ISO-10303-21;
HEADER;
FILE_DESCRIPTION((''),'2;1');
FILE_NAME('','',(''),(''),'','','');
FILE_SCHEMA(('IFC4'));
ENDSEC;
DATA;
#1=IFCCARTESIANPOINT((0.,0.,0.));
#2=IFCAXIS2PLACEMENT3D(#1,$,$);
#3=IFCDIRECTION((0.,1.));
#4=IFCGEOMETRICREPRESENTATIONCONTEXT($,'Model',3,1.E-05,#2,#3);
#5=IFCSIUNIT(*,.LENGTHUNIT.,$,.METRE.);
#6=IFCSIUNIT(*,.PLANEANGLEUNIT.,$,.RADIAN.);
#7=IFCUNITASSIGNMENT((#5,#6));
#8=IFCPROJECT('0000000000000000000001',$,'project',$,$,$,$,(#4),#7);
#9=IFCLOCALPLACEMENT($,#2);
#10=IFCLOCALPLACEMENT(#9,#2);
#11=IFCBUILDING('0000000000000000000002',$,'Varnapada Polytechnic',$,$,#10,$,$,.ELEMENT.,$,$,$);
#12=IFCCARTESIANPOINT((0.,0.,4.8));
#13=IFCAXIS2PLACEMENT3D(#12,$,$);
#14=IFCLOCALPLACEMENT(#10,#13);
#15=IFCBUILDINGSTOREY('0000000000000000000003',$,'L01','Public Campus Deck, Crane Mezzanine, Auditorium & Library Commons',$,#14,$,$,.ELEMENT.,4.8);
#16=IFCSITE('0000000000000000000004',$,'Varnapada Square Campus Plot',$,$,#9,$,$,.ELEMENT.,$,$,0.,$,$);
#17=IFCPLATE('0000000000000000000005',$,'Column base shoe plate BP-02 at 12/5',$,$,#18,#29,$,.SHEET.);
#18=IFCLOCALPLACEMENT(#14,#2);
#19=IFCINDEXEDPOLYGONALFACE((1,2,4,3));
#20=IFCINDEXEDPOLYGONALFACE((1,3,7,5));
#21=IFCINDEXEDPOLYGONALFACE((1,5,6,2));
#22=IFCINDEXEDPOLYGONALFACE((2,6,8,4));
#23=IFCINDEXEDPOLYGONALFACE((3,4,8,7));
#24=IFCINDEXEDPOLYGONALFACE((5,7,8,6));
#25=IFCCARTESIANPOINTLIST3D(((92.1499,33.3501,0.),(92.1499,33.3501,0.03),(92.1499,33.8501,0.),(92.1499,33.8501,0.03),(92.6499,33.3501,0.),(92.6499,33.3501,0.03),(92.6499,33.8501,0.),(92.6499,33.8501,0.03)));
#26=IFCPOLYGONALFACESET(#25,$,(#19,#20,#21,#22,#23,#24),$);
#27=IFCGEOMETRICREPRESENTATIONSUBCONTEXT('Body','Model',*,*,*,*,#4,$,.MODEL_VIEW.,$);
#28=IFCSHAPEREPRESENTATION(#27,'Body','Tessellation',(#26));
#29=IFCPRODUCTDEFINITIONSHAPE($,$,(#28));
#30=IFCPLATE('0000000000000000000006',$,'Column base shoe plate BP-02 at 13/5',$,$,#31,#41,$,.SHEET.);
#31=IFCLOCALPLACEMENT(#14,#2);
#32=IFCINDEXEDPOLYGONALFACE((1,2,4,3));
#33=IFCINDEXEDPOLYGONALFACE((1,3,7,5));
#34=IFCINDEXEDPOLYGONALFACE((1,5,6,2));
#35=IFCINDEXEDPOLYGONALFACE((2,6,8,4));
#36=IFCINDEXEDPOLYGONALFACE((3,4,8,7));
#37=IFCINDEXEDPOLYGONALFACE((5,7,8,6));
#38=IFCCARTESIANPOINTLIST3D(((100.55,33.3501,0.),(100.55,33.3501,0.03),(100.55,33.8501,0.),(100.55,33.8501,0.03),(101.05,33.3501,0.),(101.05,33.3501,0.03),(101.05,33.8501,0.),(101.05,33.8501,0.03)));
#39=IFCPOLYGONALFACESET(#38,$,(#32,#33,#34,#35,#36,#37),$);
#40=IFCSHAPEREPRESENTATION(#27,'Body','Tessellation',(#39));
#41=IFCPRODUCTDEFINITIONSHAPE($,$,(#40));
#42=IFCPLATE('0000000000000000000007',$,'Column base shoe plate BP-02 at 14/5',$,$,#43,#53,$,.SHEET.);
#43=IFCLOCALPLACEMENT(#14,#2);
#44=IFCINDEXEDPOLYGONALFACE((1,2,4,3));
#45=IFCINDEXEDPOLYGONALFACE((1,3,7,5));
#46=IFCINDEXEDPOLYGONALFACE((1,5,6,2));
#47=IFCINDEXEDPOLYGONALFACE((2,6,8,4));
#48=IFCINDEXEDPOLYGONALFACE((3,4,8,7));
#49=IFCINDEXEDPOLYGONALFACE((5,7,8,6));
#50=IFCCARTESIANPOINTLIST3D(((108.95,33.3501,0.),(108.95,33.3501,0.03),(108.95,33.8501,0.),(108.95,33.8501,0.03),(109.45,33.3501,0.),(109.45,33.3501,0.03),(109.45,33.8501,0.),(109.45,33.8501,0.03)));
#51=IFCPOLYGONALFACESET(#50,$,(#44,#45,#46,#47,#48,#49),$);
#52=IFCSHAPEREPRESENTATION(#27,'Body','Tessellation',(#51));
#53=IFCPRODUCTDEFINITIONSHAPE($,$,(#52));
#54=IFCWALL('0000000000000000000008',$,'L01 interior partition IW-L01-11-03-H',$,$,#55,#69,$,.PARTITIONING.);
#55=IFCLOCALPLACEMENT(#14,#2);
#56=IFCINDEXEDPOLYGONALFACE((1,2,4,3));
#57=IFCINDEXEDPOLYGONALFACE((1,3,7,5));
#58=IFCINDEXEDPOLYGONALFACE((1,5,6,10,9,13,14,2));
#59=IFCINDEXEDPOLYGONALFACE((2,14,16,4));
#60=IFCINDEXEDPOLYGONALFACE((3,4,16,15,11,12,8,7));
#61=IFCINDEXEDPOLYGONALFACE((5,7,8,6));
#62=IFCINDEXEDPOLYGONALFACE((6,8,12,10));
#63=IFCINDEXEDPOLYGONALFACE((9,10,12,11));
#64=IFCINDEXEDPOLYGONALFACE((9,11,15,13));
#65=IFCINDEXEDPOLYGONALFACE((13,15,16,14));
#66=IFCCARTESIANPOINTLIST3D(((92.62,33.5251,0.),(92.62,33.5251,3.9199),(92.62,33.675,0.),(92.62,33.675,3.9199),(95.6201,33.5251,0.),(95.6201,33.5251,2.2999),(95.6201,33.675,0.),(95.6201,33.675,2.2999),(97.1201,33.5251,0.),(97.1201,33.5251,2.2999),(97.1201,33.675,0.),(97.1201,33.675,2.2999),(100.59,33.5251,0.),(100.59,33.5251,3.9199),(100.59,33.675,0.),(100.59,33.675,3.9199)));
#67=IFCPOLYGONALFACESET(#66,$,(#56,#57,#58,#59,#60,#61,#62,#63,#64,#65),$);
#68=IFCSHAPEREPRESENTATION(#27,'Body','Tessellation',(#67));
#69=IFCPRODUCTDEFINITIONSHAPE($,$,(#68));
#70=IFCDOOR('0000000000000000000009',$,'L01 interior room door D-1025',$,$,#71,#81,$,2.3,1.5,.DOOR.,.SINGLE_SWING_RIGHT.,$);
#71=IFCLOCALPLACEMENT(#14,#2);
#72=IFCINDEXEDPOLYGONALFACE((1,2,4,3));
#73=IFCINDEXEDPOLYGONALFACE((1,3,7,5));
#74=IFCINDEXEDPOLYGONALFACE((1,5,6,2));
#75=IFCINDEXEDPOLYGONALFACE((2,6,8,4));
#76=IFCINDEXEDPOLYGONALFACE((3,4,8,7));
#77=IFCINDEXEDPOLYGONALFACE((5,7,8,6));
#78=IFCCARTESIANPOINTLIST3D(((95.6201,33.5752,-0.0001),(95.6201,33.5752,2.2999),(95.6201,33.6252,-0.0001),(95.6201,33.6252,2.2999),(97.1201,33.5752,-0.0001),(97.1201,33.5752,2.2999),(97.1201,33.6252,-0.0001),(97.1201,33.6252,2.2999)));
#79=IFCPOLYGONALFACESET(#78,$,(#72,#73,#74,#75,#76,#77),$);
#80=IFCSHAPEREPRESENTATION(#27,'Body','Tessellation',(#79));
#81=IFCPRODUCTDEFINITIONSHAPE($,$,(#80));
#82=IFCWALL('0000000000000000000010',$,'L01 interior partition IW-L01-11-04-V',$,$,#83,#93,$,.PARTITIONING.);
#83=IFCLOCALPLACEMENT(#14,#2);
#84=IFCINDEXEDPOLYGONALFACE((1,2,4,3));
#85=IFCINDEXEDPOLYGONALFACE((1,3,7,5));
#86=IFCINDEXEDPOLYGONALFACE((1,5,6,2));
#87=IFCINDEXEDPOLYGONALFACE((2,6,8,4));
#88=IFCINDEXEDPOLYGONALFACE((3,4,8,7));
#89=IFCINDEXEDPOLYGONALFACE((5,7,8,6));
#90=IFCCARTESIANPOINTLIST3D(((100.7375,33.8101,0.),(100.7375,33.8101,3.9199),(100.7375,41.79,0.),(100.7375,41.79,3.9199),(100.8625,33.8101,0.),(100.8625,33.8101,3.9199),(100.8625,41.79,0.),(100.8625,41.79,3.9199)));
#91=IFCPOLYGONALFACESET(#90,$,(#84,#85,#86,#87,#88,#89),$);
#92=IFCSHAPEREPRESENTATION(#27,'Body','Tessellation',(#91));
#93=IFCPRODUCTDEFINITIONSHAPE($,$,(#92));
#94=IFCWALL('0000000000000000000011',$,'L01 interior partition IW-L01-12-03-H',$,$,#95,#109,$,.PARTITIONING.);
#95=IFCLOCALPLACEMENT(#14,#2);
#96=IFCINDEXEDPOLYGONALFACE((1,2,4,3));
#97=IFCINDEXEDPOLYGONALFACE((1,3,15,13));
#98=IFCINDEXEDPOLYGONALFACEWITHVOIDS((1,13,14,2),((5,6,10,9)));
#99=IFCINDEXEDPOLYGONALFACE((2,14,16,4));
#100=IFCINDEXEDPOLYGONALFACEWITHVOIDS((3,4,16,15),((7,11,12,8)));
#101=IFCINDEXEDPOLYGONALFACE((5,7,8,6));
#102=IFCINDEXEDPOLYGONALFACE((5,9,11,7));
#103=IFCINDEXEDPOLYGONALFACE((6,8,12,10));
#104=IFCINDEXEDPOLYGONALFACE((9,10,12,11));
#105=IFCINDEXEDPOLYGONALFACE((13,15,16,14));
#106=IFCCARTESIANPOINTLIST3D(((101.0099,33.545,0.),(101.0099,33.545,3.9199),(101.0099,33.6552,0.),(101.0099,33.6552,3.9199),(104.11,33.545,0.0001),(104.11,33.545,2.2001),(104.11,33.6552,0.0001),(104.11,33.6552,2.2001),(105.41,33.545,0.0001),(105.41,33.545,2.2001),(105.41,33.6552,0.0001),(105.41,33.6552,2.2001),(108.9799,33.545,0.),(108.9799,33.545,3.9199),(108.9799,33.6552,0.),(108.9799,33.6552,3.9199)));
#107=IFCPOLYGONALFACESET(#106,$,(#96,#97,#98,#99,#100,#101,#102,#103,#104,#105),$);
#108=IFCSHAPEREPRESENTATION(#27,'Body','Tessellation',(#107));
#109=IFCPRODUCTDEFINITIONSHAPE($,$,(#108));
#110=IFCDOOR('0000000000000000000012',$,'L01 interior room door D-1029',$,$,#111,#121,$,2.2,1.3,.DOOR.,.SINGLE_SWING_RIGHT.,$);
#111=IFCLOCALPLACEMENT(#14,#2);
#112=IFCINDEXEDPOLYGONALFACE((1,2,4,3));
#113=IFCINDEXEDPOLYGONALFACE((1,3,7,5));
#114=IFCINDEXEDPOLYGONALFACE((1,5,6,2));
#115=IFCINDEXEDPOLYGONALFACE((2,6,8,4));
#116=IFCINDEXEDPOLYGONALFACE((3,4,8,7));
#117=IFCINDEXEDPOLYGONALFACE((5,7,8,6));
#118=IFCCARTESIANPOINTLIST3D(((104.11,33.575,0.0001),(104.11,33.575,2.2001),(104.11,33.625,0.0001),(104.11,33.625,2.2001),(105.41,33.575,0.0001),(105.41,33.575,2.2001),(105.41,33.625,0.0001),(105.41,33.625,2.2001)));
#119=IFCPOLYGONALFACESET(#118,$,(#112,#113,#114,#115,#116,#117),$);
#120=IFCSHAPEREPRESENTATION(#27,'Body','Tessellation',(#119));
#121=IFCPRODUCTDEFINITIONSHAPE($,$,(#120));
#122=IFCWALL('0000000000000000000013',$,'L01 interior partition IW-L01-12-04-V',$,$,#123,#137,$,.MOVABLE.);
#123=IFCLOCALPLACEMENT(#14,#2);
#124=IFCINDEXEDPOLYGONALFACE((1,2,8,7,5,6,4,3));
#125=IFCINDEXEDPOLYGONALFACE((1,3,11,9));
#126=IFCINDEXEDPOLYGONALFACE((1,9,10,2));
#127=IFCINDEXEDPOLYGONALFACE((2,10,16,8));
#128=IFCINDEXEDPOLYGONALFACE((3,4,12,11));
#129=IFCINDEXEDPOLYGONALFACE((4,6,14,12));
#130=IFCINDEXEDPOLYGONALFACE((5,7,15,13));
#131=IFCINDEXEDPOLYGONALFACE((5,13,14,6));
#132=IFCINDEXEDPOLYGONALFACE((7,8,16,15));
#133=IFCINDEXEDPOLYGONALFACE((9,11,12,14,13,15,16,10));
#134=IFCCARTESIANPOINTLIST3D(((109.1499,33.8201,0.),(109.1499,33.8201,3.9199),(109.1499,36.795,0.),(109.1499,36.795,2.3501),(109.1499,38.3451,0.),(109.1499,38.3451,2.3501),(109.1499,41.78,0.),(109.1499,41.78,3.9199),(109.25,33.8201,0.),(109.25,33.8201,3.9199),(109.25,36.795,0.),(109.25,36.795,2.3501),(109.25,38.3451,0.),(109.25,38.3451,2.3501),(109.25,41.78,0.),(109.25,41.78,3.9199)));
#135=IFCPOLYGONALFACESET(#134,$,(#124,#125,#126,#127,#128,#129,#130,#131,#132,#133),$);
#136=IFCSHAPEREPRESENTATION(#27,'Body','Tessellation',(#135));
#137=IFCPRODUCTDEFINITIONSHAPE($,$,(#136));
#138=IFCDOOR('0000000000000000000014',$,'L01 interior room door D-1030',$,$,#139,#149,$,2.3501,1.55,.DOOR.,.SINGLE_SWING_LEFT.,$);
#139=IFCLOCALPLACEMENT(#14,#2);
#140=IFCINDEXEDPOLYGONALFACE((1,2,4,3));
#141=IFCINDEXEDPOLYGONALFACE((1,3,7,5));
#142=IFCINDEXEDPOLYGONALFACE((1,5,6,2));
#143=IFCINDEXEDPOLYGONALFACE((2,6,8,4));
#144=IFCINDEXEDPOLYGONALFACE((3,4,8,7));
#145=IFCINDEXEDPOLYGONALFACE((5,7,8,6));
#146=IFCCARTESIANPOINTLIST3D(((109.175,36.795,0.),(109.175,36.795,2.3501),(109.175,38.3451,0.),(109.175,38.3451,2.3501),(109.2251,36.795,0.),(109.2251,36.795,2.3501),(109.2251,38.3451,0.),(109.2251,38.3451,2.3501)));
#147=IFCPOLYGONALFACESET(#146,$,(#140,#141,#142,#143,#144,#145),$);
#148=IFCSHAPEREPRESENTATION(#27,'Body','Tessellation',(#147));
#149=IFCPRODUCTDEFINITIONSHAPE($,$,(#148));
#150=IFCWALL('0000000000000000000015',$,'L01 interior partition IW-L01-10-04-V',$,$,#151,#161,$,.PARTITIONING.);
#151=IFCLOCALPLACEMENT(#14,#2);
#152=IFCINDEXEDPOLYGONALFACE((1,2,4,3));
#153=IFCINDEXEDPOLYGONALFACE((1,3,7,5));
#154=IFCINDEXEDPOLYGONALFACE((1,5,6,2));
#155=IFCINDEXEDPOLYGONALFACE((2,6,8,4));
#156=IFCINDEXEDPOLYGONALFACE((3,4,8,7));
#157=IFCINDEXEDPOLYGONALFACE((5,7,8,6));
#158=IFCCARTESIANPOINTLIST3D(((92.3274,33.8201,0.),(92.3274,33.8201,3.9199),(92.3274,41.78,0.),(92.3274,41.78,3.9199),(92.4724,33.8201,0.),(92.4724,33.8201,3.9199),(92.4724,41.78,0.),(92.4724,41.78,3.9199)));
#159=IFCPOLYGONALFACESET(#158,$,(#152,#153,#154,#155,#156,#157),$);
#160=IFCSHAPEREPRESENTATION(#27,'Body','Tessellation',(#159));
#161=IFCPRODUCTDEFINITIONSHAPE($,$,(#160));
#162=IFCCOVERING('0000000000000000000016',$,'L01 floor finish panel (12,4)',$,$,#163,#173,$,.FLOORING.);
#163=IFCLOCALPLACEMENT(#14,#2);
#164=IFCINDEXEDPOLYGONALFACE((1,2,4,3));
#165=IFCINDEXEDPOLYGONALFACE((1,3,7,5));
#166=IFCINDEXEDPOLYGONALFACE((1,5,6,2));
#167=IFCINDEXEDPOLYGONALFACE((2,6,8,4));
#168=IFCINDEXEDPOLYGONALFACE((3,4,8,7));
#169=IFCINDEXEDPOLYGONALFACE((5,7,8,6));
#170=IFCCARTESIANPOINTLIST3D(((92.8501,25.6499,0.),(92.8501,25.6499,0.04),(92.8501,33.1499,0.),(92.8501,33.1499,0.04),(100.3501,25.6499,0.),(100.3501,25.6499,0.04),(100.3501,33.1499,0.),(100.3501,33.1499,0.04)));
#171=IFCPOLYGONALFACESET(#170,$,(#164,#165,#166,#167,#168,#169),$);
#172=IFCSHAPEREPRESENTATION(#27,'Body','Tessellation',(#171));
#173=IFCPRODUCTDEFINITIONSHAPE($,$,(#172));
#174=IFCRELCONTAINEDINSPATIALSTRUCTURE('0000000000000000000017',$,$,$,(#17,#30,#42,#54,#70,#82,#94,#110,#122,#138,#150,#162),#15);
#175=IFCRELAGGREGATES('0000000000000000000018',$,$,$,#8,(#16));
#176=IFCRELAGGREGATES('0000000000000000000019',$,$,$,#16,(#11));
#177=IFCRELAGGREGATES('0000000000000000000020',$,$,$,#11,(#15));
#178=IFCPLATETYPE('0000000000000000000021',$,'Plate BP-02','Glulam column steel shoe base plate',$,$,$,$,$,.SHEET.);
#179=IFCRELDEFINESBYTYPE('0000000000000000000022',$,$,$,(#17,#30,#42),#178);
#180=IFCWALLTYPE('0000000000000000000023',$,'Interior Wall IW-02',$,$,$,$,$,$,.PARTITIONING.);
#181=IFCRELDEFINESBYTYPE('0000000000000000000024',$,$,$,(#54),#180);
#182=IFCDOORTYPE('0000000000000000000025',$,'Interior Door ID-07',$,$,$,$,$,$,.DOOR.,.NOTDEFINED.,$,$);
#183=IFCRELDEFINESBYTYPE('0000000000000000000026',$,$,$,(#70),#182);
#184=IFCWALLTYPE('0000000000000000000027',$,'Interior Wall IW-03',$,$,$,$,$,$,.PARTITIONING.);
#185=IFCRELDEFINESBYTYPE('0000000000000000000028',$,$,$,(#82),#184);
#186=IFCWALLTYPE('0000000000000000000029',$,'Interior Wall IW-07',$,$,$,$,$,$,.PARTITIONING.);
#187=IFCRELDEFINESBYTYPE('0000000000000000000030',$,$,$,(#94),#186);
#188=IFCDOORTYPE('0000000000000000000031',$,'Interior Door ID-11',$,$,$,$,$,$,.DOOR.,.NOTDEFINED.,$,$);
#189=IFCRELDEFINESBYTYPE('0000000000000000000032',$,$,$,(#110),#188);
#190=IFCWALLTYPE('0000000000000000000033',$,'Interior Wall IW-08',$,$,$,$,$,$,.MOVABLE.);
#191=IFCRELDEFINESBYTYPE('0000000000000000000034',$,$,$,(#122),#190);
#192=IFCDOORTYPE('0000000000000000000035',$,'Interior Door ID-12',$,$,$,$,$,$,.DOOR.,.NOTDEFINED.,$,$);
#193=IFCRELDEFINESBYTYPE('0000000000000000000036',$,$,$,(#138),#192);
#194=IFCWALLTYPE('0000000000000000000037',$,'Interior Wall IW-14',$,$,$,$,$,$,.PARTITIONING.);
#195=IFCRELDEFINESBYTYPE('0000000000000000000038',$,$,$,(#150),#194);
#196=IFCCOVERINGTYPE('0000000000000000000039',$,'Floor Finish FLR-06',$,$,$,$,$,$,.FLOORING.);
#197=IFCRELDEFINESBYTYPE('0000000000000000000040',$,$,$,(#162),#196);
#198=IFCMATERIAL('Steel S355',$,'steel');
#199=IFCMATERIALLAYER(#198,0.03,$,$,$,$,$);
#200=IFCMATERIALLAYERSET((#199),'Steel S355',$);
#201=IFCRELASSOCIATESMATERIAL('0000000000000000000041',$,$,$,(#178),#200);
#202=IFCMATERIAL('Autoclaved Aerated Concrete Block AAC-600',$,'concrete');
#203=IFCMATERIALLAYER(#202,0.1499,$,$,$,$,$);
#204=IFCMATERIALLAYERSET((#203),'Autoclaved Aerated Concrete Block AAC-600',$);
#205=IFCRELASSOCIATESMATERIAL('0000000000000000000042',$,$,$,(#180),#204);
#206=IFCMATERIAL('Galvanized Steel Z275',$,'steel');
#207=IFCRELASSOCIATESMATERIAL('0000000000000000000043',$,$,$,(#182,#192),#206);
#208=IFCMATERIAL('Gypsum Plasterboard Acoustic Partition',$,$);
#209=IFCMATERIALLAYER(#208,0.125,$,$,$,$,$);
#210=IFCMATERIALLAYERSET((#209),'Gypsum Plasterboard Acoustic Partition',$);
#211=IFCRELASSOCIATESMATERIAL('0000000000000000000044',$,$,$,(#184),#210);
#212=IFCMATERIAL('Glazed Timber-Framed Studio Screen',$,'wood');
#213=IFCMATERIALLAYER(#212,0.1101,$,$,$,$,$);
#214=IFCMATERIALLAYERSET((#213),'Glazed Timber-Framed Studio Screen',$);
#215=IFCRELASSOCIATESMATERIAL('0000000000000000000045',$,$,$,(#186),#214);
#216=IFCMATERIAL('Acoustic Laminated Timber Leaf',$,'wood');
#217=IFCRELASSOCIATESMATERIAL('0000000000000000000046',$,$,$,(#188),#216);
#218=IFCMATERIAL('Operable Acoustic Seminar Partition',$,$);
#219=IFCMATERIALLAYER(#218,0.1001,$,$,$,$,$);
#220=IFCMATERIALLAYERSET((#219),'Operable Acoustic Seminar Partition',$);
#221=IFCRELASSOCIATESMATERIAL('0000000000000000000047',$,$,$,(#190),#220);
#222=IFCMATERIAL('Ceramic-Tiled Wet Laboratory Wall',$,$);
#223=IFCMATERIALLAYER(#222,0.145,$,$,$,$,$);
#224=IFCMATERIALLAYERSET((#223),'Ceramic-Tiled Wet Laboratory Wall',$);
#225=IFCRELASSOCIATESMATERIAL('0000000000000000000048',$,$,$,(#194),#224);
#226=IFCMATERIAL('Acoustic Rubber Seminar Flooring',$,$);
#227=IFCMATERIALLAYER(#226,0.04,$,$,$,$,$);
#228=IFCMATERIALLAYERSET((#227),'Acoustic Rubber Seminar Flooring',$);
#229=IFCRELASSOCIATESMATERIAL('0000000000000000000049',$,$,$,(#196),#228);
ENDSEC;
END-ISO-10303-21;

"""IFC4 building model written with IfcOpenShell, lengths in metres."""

from ifc_helpers import new_model, si_unit, direction, frame, frame_2d, origin, origin_2d, place, context, subcontext, project, spatial, rectangle, extrude, material, layer, layer_set, type_object, element, fill, save


model = new_model("IFC4")

# Units and contexts
model_context = context("Model", 3, precision=1e-05, world=origin(), true_north=direction((0.0, 1.0)))
body_context = subcontext(model_context, "Body", "Model", "MODEL_VIEW")
ifc_project = project(units=[si_unit("LENGTHUNIT", "METRE"), si_unit("PLANEANGLEUNIT", "RADIAN")], contexts=[model_context])

# Site, building, storey
site_placement = place(None, origin())
site = spatial("IfcSite", under=ifc_project, at=site_placement, Name="Varnapada Square Campus Plot", CompositionType="ELEMENT", RefElevation=0.0)
building_placement = place(site_placement, origin())
building = spatial("IfcBuilding", under=site, at=building_placement, Name="Varnapada Polytechnic", CompositionType="ELEMENT")
storey_placement = place(building_placement, frame((0.0, 0.0, 4.8)))
storey = spatial("IfcBuildingStorey", under=building, at=storey_placement, Name="L01", Description="Public Campus Deck, Crane Mezzanine, Auditorium & Library Commons", CompositionType="ELEMENT", Elevation=4.8)

# Plates
ifc_material_1 = material(Name="Steel S355", Category="steel")
ifc_layer_1 = layer(ifc_material_1, 0.03)
ifc_layer_set_1 = layer_set([ifc_layer_1], Name="Steel S355")
plate_type = type_object("IfcPlateType", Name="Plate BP-02", Description="Glulam column steel shoe base plate", PredefinedType="SHEET", material=ifc_layer_set_1)
for number, where, z_axis, x_axis, name in (
    (1, (92.3999, 33.6001, 0.0), (0.0, 0.0, 1.0), (1.0, 0.0, 0.0), "Column base shoe plate BP-02 at 12/5"),
    (2, (100.8, 33.6001, 0.0), (0.0, 0.0, 1.0), (1.0, 0.0, 0.0), "Column base shoe plate BP-02 at 13/5"),
    (3, (109.2, 33.6001, 0.0), (0.0, 0.0, 1.0), (1.0, 0.0, 0.0), "Column base shoe plate BP-02 at 14/5"),
):
    element("IfcPlate", number, at=place(storey_placement, frame(where, z_axis=z_axis, x_axis=x_axis)), inside=storey, type_object=plate_type, Name=name, PredefinedType="SHEET", context=body_context, shape_type="SweptSolid", body=[
        extrude(rectangle(XDim=0.5, YDim=0.5, at=origin_2d()), origin(), (0.0, 0.0, 1.0), 0.03),
    ])

# Wall, opening, door
ifc_material_2 = material(Name="Autoclaved Aerated Concrete Block AAC-600", Category="concrete")
ifc_layer_2 = layer(ifc_material_2, 0.1499)
ifc_layer_set_2 = layer_set([ifc_layer_2], Name="Autoclaved Aerated Concrete Block AAC-600")
wall_type_1 = type_object("IfcWallType", Name="Interior Wall IW-02", PredefinedType="PARTITIONING", material=ifc_layer_set_2)
wall_1_placement = place(storey_placement, frame((92.6201, 33.6001, 0.0), z_axis=(0.0, 0.0, 1.0), x_axis=(1.0, 0.0, 0.0)))
wall_1 = element("IfcWall", 4, at=wall_1_placement, inside=storey, type_object=wall_type_1, Name="L01 interior partition IW-L01-11-03-H", PredefinedType="PARTITIONING", context=body_context, shape_type="SweptSolid", body=[
    extrude(rectangle(XDim=7.97, YDim=0.1499, at=frame_2d((3.9849, 0.0))), origin(), (0.0, 0.0, 1.0), 3.9199),
])
opening_1_placement = place(wall_1_placement, frame((3.0, 0.0, 0.0)))
opening_1 = element("IfcOpeningElement", 5, at=opening_1_placement, cuts=wall_1, PredefinedType="OPENING", context=body_context, shape_type="SweptSolid", body=[
    extrude(rectangle(XDim=1.5, YDim=2.3, at=frame_2d((0.75, 1.1499))), frame((0.0, 0.085, 0.0), z_axis=(0.0, -1.0, 0.0), x_axis=(1.0, 0.0, 0.0)), (0.0, 0.0, 1.0), 0.1699),
])
ifc_material_3 = material(Name="Galvanized Steel Z275", Category="steel")
door_type_1 = type_object("IfcDoorType", Name="Interior Door ID-07", OperationType="NOTDEFINED", PredefinedType="DOOR", material=ifc_material_3)
door_1_placement = place(opening_1_placement, frame((1.5, 0.0, 0.0), z_axis=(0.0, 0.0, 1.0), x_axis=(-1.0, 0.0, 0.0)))
door_1 = element("IfcDoor", 6, at=door_1_placement, inside=storey, type_object=door_type_1, Name="L01 interior room door D-1025", OperationType="SINGLE_SWING_RIGHT", OverallHeight=2.3, OverallWidth=1.5, PredefinedType="DOOR", context=body_context, shape_type="SweptSolid", body=[
    extrude(rectangle(XDim=1.5, YDim=2.3, at=frame_2d((0.75, 1.1499))), frame((0.0, 0.0249, 0.0), z_axis=(0.0, -1.0, 0.0), x_axis=(1.0, 0.0, 0.0)), (0.0, 0.0, 1.0), 0.05),
])
fill(opening_1, door_1)

# Wall
ifc_material_4 = material(Name="Gypsum Plasterboard Acoustic Partition")
ifc_layer_3 = layer(ifc_material_4, 0.125)
ifc_layer_set_3 = layer_set([ifc_layer_3], Name="Gypsum Plasterboard Acoustic Partition")
wall_type_2 = type_object("IfcWallType", Name="Interior Wall IW-03", PredefinedType="PARTITIONING", material=ifc_layer_set_3)
wall_2_placement = place(storey_placement, frame((100.8, 33.8101, 0.0), z_axis=(0.0, 0.0, 1.0), x_axis=(0.0, 1.0, 0.0)))
element("IfcWall", 7, at=wall_2_placement, inside=storey, type_object=wall_type_2, Name="L01 interior partition IW-L01-11-04-V", PredefinedType="PARTITIONING", context=body_context, shape_type="SweptSolid", body=[
    extrude(rectangle(XDim=7.98, YDim=0.125, at=frame_2d((3.99, 0.0))), origin(), (0.0, 0.0, 1.0), 3.9199),
])

# Walls, openings, doors
ifc_material_5 = material(Name="Glazed Timber-Framed Studio Screen", Category="wood")
ifc_layer_4 = layer(ifc_material_5, 0.1101)
ifc_layer_set_4 = layer_set([ifc_layer_4], Name="Glazed Timber-Framed Studio Screen")
wall_type_3 = type_object("IfcWallType", Name="Interior Wall IW-07", PredefinedType="PARTITIONING", material=ifc_layer_set_4)
wall_3_placement = place(storey_placement, frame((101.01, 33.6001, 0.0), z_axis=(0.0, 0.0, 1.0), x_axis=(1.0, 0.0, 0.0)))
wall_3 = element("IfcWall", 8, at=wall_3_placement, inside=storey, type_object=wall_type_3, Name="L01 interior partition IW-L01-12-03-H", PredefinedType="PARTITIONING", context=body_context, shape_type="SweptSolid", body=[
    extrude(rectangle(XDim=7.97, YDim=0.1101, at=frame_2d((3.9849, 0.0))), origin(), (0.0, 0.0, 1.0), 3.9199),
])
opening_2_placement = place(wall_3_placement, frame((3.1001, 0.0, 0.0)))
opening_2 = element("IfcOpeningElement", 9, at=opening_2_placement, cuts=wall_3, PredefinedType="OPENING", context=body_context, shape_type="SweptSolid", body=[
    extrude(rectangle(XDim=1.3, YDim=2.2, at=frame_2d((0.6499, 1.1001))), frame((0.0, 0.0649, 0.0), z_axis=(0.0, -1.0, 0.0), x_axis=(1.0, 0.0, 0.0)), (0.0, 0.0, 1.0), 0.1301),
])
ifc_material_6 = material(Name="Acoustic Laminated Timber Leaf", Category="wood")
door_type_2 = type_object("IfcDoorType", Name="Interior Door ID-11", OperationType="NOTDEFINED", PredefinedType="DOOR", material=ifc_material_6)
door_2_placement = place(opening_2_placement, origin())
door_2 = element("IfcDoor", 10, at=door_2_placement, inside=storey, type_object=door_type_2, Name="L01 interior room door D-1029", OperationType="SINGLE_SWING_RIGHT", OverallHeight=2.2, OverallWidth=1.3, PredefinedType="DOOR", context=body_context, shape_type="SweptSolid", body=[
    extrude(rectangle(XDim=1.3, YDim=2.2, at=frame_2d((0.6499, 1.1001))), frame((0.0, 0.0249, 0.0), z_axis=(0.0, -1.0, 0.0), x_axis=(1.0, 0.0, 0.0)), (0.0, 0.0, 1.0), 0.05),
])
fill(opening_2, door_2)
ifc_material_7 = material(Name="Operable Acoustic Seminar Partition")
ifc_layer_5 = layer(ifc_material_7, 0.1001)
ifc_layer_set_5 = layer_set([ifc_layer_5], Name="Operable Acoustic Seminar Partition")
wall_type_4 = type_object("IfcWallType", Name="Interior Wall IW-08", PredefinedType="MOVABLE", material=ifc_layer_set_5)
wall_4_placement = place(storey_placement, frame((109.2, 33.8201, 0.0), z_axis=(0.0, 0.0, 1.0), x_axis=(0.0, 1.0, 0.0)))
wall_4 = element("IfcWall", 11, at=wall_4_placement, inside=storey, type_object=wall_type_4, Name="L01 interior partition IW-L01-12-04-V", PredefinedType="MOVABLE", context=body_context, shape_type="SweptSolid", body=[
    extrude(rectangle(XDim=7.96, YDim=0.1001, at=frame_2d((3.98, 0.0))), origin(), (0.0, 0.0, 1.0), 3.9199),
])
opening_3_placement = place(wall_4_placement, frame((2.9751, 0.0, 0.0)))
opening_3 = element("IfcOpeningElement", 12, at=opening_3_placement, cuts=wall_4, PredefinedType="OPENING", context=body_context, shape_type="SweptSolid", body=[
    extrude(rectangle(XDim=1.55, YDim=2.3501, at=frame_2d((0.7749, 1.175))), frame((0.0, 0.0601, 0.0), z_axis=(0.0, -1.0, 0.0), x_axis=(1.0, 0.0, 0.0)), (0.0, 0.0, 1.0), 0.1201),
])
door_type_3 = type_object("IfcDoorType", Name="Interior Door ID-12", OperationType="NOTDEFINED", PredefinedType="DOOR", material=ifc_material_3)
door_3_placement = place(opening_3_placement, origin())
door_3 = element("IfcDoor", 13, at=door_3_placement, inside=storey, type_object=door_type_3, Name="L01 interior room door D-1030", OperationType="SINGLE_SWING_LEFT", OverallHeight=2.3501, OverallWidth=1.55, PredefinedType="DOOR", context=body_context, shape_type="SweptSolid", body=[
    extrude(rectangle(XDim=1.55, YDim=2.3501, at=frame_2d((0.7749, 1.175))), frame((0.0, 0.0249, 0.0), z_axis=(0.0, -1.0, 0.0), x_axis=(1.0, 0.0, 0.0)), (0.0, 0.0, 1.0), 0.05),
])
fill(opening_3, door_3)

# Wall
ifc_material_8 = material(Name="Ceramic-Tiled Wet Laboratory Wall")
ifc_layer_6 = layer(ifc_material_8, 0.145)
ifc_layer_set_6 = layer_set([ifc_layer_6], Name="Ceramic-Tiled Wet Laboratory Wall")
wall_type_5 = type_object("IfcWallType", Name="Interior Wall IW-14", PredefinedType="PARTITIONING", material=ifc_layer_set_6)
wall_5_placement = place(storey_placement, frame((92.3999, 33.8201, 0.0), z_axis=(0.0, 0.0, 1.0), x_axis=(0.0, 1.0, 0.0)))
element("IfcWall", 14, at=wall_5_placement, inside=storey, type_object=wall_type_5, Name="L01 interior partition IW-L01-10-04-V", PredefinedType="PARTITIONING", context=body_context, shape_type="SweptSolid", body=[
    extrude(rectangle(XDim=7.96, YDim=0.145, at=frame_2d((3.98, 0.0))), origin(), (0.0, 0.0, 1.0), 3.9199),
])

# Covering
ifc_material_9 = material(Name="Acoustic Rubber Seminar Flooring")
ifc_layer_7 = layer(ifc_material_9, 0.04)
ifc_layer_set_7 = layer_set([ifc_layer_7], Name="Acoustic Rubber Seminar Flooring")
covering_type_1 = type_object("IfcCoveringType", Name="Floor Finish FLR-06", PredefinedType="FLOORING", material=ifc_layer_set_7)
for number, where, z_axis, x_axis, name in (
    (15, (96.6001, 29.3999, 0.0), (0.0, 0.0, 1.0), (1.0, 0.0, 0.0), "L01 floor finish panel (12,4)"),
):
    element("IfcCovering", number, at=place(storey_placement, frame(where, z_axis=z_axis, x_axis=x_axis)), inside=storey, type_object=covering_type_1, Name=name, PredefinedType="FLOORING", context=body_context, shape_type="SweptSolid", body=[
        extrude(rectangle(XDim=7.5, YDim=7.5, at=origin_2d()), origin(), (0.0, 0.0, 1.0), 0.04),
    ])

save(model, "model.ifc")
